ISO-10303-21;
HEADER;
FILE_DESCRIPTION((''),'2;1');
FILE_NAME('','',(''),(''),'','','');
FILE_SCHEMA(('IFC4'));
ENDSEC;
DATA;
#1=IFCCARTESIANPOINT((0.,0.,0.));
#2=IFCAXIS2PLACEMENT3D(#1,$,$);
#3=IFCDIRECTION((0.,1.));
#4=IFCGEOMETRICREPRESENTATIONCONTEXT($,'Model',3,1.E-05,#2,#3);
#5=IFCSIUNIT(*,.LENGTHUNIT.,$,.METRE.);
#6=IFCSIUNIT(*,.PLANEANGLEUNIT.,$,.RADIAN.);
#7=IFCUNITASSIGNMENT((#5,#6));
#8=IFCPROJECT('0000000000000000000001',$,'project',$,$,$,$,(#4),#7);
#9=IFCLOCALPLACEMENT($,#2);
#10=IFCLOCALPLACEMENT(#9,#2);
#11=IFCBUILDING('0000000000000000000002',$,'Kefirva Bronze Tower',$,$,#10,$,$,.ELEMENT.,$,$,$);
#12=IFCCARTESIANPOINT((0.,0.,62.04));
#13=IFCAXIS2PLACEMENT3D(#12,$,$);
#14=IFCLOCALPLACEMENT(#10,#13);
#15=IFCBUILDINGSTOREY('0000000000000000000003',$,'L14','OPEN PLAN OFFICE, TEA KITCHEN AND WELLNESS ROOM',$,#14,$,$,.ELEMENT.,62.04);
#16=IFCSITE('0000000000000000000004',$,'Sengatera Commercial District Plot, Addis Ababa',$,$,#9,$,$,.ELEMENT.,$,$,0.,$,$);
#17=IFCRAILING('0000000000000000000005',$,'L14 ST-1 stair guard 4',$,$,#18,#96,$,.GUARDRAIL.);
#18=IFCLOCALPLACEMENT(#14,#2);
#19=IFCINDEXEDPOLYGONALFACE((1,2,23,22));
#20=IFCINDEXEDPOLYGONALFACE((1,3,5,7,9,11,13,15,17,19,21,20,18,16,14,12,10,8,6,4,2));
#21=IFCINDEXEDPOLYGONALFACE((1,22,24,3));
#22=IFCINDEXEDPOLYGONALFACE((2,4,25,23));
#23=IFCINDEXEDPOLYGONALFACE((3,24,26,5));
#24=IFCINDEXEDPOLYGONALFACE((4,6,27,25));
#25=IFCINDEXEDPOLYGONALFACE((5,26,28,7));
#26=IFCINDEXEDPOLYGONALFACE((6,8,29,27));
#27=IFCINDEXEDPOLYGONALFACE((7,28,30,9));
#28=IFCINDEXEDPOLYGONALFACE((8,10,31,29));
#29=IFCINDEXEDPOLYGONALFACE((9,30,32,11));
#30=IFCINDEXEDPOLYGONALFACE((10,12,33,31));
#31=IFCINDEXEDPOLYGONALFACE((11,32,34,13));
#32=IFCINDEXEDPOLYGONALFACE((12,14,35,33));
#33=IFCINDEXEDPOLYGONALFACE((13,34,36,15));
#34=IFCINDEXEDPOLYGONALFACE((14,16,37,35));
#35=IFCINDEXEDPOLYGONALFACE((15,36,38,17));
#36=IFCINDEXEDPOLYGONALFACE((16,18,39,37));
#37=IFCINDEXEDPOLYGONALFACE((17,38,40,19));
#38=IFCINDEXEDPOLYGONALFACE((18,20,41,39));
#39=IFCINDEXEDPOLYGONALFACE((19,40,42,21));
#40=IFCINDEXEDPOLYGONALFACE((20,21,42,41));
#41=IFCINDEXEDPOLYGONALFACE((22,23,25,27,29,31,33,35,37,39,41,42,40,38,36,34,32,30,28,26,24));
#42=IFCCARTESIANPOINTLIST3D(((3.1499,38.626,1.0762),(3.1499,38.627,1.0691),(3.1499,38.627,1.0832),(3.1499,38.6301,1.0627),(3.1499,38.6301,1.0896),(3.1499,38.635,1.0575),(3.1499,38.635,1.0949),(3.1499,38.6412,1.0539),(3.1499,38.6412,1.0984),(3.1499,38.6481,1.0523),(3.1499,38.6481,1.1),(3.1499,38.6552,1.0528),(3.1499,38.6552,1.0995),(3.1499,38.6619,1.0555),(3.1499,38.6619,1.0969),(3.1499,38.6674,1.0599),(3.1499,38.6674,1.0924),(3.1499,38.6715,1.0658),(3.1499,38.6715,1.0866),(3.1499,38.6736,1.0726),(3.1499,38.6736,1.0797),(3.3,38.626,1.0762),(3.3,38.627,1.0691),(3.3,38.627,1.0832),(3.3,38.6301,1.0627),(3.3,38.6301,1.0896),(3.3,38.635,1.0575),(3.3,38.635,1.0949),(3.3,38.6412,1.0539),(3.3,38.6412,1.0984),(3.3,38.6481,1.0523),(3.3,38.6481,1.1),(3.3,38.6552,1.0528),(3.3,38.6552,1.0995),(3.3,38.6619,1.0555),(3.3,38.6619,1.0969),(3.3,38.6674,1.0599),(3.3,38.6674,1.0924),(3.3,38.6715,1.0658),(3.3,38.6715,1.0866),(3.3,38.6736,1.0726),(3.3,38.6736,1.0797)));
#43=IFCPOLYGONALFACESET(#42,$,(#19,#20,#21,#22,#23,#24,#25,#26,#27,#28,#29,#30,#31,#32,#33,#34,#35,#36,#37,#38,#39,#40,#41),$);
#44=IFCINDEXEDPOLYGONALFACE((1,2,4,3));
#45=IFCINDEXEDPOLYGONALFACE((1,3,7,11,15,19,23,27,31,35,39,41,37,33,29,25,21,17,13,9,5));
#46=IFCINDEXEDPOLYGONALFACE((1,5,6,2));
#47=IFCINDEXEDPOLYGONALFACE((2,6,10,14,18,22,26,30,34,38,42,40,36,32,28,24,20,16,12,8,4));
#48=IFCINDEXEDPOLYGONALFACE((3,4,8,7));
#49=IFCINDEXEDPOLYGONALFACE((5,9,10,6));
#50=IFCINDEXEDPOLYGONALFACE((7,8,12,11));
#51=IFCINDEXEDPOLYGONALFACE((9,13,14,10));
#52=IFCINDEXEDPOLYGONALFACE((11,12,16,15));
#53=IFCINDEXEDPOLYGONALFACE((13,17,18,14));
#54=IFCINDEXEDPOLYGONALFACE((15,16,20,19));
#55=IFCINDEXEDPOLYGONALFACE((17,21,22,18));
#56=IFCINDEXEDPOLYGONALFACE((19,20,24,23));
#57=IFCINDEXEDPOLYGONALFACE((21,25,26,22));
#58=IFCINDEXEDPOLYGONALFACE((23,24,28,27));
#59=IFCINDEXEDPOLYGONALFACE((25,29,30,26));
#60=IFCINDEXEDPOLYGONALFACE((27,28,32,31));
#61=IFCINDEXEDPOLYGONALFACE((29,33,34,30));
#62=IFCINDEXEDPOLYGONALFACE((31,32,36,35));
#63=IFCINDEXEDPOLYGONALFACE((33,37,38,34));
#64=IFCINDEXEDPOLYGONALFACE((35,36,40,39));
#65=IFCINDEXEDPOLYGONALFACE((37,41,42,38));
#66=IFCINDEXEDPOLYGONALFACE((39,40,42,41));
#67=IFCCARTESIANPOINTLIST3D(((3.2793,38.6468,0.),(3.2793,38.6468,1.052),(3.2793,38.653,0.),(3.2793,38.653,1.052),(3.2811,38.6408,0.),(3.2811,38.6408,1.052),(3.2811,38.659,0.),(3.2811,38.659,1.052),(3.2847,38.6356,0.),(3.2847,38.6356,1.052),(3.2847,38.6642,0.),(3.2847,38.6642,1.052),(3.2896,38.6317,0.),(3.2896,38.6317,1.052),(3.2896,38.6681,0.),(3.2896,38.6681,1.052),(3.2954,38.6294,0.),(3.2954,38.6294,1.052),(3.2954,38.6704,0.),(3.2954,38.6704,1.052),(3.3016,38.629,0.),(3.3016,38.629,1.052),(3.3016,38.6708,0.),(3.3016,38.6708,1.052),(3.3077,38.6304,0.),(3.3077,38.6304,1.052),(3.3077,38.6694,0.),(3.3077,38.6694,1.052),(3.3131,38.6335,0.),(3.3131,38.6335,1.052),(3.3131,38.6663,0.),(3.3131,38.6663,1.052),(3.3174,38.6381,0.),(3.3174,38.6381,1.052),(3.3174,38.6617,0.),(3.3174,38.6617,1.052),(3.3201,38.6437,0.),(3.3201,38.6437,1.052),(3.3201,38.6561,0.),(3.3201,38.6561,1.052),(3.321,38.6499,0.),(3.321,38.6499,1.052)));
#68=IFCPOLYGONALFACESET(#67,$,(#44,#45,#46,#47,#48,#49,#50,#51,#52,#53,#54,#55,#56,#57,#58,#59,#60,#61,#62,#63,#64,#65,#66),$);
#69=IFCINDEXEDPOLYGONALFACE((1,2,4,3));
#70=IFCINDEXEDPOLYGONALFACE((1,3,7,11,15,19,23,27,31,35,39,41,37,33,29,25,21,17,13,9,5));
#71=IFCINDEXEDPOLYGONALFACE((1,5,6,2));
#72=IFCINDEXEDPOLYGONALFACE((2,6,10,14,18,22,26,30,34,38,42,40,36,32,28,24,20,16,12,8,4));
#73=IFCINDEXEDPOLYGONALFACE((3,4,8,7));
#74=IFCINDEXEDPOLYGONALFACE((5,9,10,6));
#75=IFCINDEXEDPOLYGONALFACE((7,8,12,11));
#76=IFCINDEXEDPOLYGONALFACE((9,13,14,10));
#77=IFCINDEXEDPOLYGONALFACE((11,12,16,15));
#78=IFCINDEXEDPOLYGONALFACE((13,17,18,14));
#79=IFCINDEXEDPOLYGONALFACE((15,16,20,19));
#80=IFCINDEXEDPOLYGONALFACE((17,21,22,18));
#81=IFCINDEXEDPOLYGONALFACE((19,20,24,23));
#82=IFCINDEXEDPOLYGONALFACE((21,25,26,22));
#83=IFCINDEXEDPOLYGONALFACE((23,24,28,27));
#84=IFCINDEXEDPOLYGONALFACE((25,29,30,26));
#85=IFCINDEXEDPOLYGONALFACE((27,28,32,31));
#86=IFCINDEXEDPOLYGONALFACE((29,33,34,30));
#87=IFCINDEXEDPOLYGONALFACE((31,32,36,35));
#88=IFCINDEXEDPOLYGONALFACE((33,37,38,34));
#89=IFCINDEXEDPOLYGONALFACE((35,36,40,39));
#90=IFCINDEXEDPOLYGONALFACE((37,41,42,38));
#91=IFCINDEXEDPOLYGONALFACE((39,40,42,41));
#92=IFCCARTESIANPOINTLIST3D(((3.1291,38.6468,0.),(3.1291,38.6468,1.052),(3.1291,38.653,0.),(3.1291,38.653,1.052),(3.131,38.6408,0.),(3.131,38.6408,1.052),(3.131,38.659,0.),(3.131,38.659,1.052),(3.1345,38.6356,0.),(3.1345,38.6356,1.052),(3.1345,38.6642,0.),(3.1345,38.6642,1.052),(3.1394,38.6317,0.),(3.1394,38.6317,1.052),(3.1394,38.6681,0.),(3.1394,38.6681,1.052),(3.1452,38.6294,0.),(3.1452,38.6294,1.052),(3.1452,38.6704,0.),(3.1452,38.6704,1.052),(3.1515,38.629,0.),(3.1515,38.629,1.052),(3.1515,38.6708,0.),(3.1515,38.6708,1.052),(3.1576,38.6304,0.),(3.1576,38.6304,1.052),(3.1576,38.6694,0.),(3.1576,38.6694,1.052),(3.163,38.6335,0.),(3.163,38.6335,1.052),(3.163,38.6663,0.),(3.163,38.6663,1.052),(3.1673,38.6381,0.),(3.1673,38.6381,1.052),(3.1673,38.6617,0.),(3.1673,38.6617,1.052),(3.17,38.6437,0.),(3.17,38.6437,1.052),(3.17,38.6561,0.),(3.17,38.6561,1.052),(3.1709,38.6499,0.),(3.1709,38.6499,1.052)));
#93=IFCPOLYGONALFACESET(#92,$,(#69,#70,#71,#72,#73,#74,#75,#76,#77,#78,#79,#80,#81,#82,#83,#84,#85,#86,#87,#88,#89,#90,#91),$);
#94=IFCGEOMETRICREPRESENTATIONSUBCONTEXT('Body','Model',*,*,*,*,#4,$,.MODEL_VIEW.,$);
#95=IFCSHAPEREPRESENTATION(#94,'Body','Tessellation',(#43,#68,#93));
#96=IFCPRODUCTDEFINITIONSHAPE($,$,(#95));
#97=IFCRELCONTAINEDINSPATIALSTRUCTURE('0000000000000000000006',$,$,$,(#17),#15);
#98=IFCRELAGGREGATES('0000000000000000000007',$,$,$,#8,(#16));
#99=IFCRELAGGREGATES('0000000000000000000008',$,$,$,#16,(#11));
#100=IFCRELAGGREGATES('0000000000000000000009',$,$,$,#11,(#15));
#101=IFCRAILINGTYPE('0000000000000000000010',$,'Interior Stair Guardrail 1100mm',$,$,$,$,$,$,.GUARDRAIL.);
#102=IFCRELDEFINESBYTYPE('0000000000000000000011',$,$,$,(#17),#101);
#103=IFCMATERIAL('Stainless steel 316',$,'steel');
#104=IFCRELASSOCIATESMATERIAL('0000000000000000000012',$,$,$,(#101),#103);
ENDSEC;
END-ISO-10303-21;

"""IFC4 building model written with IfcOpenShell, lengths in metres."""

from ifc_helpers import new_model, si_unit, direction, frame, origin, origin_2d, place, context, subcontext, project, spatial, circle, extrude, material, type_object, element, save


model = new_model("IFC4")

# Units and contexts
model_context = context("Model", 3, precision=1e-05, world=origin(), true_north=direction((0.0, 1.0)))
body_context = subcontext(model_context, "Body", "Model", "MODEL_VIEW")
ifc_project = project(units=[si_unit("LENGTHUNIT", "METRE"), si_unit("PLANEANGLEUNIT", "RADIAN")], contexts=[model_context])

# Site, building, storey
site_placement = place(None, origin())
site = spatial("IfcSite", under=ifc_project, at=site_placement, Name="Sengatera Commercial District Plot, Addis Ababa", CompositionType="ELEMENT", RefElevation=0.0)
building_placement = place(site_placement, origin())
building = spatial("IfcBuilding", under=site, at=building_placement, Name="Kefirva Bronze Tower", CompositionType="ELEMENT")
storey_placement = place(building_placement, frame((0.0, 0.0, 62.04)))
storey = spatial("IfcBuildingStorey", under=building, at=storey_placement, Name="L14", Description="OPEN PLAN OFFICE, TEA KITCHEN AND WELLNESS ROOM", CompositionType="ELEMENT", Elevation=62.04)

# Railing
ifc_material_1 = material(Name="Stainless steel 316", Category="steel")
railing_type_1 = type_object("IfcRailingType", Name="Interior Stair Guardrail 1100mm", PredefinedType="GUARDRAIL", material=ifc_material_1)
railing_1_placement = place(storey_placement, frame((3.3, 38.6499, 0.0)))
element("IfcRailing", 1, at=railing_1_placement, inside=storey, type_object=railing_type_1, Name="L14 ST-1 stair guard 4", PredefinedType="GUARDRAIL", context=body_context, shape_type="SweptSolid", body=[
    extrude(circle(Radius=0.0239, at=origin_2d()), frame((0.0, 0.0, 1.0762), z_axis=(-1.0, 0.0, 0.0), x_axis=(0.0, -1.0, 0.0)), (0.0, 0.0, 1.0), 0.1501),
    extrude(circle(Radius=0.021, at=origin_2d()), origin(), (0.0, 0.0, 1.0), 1.052),
    extrude(circle(Radius=0.021, at=origin_2d()), frame((-0.1501, 0.0, 0.0)), (0.0, 0.0, 1.0), 1.052),
])

save(model, "model.ifc")
